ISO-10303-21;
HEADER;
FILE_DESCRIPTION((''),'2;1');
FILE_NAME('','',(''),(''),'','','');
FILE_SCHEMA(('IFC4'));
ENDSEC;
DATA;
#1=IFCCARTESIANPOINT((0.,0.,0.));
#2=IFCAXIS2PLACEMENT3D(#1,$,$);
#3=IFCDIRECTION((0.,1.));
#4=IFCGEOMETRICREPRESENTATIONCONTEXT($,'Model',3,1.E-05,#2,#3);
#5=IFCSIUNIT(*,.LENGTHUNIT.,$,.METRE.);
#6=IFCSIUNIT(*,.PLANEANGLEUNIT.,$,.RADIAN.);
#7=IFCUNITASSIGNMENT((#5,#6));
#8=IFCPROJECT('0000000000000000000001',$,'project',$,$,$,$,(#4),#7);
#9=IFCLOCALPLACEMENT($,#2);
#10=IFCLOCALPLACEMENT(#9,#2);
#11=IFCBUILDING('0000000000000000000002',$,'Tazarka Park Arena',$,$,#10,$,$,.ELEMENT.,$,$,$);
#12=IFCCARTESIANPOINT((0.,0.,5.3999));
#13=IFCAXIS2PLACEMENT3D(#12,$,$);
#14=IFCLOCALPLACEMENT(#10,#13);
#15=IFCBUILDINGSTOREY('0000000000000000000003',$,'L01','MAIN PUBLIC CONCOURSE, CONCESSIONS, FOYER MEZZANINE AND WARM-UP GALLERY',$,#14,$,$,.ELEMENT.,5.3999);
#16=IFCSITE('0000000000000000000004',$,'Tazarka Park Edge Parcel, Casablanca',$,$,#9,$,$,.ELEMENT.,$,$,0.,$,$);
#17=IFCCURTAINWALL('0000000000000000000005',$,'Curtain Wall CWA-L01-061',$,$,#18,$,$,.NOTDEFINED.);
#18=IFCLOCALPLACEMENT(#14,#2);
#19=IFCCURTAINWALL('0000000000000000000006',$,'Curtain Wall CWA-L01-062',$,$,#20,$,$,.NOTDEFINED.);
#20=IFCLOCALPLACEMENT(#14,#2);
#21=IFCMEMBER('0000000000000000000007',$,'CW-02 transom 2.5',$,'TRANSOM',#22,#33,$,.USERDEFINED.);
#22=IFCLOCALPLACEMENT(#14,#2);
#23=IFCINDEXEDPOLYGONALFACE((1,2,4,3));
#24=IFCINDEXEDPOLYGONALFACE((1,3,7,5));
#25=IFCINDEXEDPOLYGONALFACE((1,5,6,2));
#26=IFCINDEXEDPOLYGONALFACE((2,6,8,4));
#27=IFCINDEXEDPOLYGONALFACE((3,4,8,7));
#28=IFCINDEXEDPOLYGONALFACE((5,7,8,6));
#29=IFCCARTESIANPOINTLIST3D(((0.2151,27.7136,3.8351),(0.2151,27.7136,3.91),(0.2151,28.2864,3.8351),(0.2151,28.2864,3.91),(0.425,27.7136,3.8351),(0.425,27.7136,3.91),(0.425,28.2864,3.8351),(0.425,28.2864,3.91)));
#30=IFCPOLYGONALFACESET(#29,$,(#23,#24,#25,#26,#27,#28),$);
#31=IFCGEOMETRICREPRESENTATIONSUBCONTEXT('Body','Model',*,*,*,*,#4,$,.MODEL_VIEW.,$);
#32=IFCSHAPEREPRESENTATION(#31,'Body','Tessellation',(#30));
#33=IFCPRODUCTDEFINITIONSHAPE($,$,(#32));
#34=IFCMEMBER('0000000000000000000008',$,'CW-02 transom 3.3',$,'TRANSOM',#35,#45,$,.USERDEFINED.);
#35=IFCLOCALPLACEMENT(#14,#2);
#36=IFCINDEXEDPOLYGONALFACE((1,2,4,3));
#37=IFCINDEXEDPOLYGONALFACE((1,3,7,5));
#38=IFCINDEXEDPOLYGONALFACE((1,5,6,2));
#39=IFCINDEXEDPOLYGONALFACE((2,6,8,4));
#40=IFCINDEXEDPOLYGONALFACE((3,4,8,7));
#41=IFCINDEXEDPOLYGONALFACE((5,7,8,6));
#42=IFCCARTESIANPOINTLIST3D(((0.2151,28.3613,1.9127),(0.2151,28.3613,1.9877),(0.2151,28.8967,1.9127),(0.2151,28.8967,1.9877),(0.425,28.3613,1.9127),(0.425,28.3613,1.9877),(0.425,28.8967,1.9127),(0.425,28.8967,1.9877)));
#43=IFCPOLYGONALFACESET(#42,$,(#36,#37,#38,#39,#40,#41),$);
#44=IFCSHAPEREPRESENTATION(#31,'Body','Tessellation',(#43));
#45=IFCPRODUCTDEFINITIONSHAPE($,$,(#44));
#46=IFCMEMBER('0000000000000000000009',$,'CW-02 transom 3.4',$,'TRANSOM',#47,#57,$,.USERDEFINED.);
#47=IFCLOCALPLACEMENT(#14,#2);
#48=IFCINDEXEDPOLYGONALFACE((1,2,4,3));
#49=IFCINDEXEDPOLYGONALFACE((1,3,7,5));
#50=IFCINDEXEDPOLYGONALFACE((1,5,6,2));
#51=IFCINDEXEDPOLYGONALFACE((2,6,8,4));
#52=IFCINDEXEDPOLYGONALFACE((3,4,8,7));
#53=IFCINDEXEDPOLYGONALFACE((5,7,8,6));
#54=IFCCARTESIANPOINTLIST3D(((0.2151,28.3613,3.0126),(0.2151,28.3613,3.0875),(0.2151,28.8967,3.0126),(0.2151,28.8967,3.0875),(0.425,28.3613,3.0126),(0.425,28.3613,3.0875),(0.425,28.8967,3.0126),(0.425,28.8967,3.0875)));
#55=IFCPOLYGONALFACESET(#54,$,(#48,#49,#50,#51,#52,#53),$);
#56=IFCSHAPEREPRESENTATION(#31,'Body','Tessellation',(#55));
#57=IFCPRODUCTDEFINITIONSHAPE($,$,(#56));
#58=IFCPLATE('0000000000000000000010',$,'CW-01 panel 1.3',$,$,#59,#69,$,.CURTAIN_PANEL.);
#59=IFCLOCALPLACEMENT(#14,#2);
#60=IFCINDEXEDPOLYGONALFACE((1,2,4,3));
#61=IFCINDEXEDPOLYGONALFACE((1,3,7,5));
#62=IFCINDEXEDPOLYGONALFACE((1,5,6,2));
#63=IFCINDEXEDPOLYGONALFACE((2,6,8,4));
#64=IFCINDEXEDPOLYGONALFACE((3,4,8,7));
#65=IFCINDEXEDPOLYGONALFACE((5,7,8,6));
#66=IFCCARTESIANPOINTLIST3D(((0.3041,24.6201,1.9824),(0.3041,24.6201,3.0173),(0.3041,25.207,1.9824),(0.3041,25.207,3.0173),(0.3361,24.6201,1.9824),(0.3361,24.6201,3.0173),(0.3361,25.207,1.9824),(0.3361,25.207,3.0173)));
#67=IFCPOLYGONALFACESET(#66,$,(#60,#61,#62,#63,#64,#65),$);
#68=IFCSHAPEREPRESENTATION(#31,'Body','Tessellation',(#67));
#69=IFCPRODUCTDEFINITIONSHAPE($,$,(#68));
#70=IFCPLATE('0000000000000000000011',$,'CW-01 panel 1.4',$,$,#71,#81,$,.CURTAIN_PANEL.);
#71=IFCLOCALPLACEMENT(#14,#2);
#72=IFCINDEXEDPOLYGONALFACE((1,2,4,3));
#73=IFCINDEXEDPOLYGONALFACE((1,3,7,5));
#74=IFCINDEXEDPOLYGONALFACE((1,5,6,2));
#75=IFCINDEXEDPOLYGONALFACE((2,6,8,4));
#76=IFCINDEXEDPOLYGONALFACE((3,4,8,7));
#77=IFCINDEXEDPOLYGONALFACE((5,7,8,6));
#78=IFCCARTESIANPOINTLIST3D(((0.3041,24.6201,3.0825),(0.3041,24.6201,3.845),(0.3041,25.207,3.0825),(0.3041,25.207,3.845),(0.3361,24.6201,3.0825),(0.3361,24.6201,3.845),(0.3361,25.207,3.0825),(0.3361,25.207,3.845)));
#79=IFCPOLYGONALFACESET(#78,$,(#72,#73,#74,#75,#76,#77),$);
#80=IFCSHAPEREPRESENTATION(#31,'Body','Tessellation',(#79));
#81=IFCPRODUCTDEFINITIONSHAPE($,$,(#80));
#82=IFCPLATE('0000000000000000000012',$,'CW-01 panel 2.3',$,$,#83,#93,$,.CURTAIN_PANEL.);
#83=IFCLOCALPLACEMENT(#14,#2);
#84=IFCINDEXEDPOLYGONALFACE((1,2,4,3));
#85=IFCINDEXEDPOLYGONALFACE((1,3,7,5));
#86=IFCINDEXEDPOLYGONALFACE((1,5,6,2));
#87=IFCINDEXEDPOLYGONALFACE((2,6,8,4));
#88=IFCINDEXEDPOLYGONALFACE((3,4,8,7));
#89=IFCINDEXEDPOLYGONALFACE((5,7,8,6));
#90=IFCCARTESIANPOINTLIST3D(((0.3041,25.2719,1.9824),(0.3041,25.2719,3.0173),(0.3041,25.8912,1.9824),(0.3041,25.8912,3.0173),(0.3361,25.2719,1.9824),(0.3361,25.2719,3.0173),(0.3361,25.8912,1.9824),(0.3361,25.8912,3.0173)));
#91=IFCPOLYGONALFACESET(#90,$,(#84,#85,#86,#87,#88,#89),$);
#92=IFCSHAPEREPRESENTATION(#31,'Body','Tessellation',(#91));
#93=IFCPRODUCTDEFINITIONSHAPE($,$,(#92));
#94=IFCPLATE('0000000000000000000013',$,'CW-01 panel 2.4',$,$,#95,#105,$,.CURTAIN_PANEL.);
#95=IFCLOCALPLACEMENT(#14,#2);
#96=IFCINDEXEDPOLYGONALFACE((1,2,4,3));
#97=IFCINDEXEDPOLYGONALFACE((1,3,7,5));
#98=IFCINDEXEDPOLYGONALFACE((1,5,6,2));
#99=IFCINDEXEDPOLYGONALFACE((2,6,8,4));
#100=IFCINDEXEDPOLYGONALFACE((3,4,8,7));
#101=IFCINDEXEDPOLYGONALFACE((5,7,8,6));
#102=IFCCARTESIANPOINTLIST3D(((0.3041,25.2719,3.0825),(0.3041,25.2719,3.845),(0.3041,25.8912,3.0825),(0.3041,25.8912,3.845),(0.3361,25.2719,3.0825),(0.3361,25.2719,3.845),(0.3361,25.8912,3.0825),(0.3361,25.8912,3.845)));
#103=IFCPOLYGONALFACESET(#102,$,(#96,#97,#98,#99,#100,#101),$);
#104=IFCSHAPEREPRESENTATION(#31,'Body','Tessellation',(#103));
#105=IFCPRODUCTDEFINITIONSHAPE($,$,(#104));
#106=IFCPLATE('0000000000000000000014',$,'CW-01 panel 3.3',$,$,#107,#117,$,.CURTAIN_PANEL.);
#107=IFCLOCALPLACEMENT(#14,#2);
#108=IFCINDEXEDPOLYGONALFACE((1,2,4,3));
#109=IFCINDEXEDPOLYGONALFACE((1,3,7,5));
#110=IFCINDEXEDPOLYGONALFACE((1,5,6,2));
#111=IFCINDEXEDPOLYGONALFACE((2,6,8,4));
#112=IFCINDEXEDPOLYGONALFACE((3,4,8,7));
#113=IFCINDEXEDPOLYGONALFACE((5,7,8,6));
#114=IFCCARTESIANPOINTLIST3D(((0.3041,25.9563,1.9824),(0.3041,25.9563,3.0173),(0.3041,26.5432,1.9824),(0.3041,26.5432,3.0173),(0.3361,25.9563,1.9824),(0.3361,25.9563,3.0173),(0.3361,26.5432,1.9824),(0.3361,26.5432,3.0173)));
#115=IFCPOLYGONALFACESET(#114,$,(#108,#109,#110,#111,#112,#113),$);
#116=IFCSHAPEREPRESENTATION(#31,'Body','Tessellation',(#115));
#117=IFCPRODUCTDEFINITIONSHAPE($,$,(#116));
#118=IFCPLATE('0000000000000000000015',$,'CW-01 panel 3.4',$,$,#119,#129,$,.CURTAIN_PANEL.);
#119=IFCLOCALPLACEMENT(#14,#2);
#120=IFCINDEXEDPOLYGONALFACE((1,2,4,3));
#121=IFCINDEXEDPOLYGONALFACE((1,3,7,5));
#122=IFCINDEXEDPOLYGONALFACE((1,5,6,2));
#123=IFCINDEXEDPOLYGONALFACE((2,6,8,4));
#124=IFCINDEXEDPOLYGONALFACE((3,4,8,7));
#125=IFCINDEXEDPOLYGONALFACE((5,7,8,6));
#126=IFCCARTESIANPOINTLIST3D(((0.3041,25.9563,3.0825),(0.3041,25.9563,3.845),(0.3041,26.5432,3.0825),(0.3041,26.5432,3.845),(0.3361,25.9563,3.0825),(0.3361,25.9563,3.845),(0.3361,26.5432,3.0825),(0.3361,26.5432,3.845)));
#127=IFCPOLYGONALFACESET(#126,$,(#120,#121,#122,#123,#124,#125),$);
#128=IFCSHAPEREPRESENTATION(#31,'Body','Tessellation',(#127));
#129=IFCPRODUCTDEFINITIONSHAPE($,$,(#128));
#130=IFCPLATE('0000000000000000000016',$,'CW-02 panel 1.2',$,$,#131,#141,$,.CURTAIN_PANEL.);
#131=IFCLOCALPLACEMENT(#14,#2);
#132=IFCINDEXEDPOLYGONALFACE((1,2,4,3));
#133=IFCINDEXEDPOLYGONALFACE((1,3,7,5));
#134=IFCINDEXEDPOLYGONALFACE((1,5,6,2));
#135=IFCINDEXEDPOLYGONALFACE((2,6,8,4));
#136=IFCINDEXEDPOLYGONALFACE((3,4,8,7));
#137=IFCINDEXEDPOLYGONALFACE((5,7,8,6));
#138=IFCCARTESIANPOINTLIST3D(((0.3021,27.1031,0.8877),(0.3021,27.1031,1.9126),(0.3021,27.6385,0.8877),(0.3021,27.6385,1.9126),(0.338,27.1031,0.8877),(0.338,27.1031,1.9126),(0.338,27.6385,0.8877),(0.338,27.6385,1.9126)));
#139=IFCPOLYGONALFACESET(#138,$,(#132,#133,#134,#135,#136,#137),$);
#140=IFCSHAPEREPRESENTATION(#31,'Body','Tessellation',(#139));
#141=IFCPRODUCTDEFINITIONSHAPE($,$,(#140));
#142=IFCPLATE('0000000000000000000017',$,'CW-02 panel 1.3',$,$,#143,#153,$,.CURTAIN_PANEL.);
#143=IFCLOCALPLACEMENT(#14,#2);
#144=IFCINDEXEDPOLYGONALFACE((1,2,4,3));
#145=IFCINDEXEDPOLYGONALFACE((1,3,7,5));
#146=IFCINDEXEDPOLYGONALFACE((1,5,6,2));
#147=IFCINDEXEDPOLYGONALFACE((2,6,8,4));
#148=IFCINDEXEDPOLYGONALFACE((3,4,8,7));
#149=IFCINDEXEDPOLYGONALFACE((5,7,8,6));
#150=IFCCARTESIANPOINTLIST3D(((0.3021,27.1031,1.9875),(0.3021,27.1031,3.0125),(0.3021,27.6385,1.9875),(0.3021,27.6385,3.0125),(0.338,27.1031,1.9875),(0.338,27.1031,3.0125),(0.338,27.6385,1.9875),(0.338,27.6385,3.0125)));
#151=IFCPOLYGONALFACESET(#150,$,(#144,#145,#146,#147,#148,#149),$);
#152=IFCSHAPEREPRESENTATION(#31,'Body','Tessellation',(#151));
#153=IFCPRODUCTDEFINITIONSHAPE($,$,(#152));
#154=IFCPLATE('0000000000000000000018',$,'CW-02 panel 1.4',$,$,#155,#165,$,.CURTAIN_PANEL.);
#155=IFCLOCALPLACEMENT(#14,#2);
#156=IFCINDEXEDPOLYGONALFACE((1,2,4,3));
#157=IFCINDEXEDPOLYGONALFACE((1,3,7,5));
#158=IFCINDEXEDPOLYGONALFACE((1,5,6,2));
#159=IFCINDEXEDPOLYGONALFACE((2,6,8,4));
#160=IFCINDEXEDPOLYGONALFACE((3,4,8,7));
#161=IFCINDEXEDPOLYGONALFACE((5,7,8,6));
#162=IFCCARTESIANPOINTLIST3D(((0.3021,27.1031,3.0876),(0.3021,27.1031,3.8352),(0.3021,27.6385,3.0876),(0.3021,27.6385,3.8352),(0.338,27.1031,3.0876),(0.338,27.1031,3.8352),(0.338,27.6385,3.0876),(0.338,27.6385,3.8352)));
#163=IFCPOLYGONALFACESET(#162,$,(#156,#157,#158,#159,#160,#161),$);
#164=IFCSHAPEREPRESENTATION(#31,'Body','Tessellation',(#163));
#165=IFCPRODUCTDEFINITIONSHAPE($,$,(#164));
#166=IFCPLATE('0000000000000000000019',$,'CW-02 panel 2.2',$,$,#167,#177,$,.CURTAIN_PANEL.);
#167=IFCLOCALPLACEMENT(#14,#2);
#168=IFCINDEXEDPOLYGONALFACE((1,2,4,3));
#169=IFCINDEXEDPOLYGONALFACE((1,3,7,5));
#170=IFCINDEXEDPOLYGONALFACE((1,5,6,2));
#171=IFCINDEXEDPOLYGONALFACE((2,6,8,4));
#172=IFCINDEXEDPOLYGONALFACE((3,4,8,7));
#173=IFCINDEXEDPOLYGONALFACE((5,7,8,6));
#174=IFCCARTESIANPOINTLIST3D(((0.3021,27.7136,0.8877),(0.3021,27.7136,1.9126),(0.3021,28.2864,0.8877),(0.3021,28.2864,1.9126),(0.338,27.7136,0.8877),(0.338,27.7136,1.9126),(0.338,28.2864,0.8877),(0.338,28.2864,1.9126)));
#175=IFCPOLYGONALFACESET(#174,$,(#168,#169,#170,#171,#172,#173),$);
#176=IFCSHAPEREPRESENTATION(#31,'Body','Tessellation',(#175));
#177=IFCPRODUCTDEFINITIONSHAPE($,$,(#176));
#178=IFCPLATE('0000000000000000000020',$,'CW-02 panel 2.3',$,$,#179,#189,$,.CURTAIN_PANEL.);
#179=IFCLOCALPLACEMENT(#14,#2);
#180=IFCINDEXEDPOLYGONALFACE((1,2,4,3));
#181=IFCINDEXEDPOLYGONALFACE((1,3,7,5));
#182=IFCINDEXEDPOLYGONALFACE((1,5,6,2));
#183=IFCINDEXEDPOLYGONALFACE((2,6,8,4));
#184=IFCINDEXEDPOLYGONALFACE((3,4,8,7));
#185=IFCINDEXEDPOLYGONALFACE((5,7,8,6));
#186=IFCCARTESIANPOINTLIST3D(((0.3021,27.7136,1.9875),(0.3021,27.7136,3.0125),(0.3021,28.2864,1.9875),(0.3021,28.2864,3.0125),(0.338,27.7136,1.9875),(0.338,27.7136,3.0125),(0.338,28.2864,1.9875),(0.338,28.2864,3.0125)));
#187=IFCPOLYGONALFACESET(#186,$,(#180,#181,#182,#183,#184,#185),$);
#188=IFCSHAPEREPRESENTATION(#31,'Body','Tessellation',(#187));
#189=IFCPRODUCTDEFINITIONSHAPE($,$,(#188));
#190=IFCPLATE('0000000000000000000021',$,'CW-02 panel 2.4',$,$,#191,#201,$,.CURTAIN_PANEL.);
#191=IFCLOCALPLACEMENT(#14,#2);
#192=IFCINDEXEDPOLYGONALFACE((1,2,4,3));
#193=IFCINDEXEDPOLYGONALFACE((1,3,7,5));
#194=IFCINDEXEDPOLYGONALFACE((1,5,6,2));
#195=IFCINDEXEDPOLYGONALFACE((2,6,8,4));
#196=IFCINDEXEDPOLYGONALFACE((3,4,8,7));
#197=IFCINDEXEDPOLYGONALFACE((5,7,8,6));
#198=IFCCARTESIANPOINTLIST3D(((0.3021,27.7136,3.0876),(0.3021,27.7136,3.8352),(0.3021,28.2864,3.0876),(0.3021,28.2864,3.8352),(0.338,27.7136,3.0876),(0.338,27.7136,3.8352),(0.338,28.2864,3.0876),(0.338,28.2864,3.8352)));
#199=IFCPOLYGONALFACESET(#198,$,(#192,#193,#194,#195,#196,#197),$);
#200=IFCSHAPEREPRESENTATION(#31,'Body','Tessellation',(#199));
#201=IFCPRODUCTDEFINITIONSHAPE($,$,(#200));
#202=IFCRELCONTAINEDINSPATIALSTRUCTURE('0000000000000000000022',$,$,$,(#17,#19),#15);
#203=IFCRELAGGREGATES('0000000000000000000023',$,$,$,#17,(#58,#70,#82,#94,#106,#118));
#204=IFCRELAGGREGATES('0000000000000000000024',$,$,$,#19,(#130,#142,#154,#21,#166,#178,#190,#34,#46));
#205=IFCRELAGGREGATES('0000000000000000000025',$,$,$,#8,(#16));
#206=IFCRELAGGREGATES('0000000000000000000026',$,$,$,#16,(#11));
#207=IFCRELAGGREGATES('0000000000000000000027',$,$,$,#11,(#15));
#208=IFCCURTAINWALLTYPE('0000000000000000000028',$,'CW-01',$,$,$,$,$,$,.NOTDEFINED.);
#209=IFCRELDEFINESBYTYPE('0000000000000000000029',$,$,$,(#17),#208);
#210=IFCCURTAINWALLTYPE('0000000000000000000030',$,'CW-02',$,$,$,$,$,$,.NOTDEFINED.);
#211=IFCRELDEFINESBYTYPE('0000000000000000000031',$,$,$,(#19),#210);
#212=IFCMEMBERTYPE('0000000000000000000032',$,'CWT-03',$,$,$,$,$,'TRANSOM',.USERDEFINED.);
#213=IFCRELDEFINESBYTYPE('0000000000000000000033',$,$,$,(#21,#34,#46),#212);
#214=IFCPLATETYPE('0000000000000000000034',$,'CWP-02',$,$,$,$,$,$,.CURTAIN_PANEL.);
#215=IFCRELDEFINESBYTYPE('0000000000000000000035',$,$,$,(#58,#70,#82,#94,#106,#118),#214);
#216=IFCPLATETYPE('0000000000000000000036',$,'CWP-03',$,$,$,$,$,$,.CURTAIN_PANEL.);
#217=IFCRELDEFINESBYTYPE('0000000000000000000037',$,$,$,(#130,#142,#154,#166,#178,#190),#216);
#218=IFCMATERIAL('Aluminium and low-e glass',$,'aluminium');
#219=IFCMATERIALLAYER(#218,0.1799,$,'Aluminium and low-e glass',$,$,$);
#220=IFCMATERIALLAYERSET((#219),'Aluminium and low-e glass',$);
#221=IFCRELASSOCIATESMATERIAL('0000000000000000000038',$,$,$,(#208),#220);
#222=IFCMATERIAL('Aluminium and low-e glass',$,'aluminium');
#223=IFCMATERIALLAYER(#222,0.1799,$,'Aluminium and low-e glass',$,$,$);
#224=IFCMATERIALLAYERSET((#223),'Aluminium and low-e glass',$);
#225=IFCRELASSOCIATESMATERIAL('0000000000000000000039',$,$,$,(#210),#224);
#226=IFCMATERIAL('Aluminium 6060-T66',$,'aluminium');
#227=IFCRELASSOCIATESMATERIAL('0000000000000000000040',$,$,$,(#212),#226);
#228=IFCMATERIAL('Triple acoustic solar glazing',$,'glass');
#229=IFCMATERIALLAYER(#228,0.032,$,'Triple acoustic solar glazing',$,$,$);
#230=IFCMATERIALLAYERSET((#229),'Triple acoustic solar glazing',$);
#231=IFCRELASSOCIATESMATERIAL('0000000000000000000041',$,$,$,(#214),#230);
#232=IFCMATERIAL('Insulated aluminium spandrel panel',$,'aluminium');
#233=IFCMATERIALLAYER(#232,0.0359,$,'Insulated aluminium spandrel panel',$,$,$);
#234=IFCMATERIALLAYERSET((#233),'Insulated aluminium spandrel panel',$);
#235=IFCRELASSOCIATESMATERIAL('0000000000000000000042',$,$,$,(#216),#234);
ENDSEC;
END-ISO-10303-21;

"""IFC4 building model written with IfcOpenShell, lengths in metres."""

from ifc_helpers import new_model, si_unit, direction, frame, origin, origin_2d, place, context, subcontext, project, spatial, rectangle, extrude, material, layer, layer_set, material_profile, profile_set, type_object, element, aggregate, save


model = new_model("IFC4")

# Units and contexts
model_context = context("Model", 3, precision=1e-05, world=origin(), true_north=direction((0.0, 1.0)))
body_context = subcontext(model_context, "Body", "Model", "MODEL_VIEW")
ifc_project = project(units=[si_unit("LENGTHUNIT", "METRE"), si_unit("PLANEANGLEUNIT", "RADIAN")], contexts=[model_context])

# Site, building, storey
site_placement = place(None, origin())
site = spatial("IfcSite", under=ifc_project, at=site_placement, Name="Tazarka Park Edge Parcel, Casablanca", CompositionType="ELEMENT", RefElevation=0.0)
building_placement = place(site_placement, origin())
building = spatial("IfcBuilding", under=site, at=building_placement, Name="Tazarka Park Arena", CompositionType="ELEMENT")
storey_placement = place(building_placement, frame((0.0, 0.0, 5.3999)))
storey = spatial("IfcBuildingStorey", under=building, at=storey_placement, Name="L01", Description="MAIN PUBLIC CONCOURSE, CONCESSIONS, FOYER MEZZANINE AND WARM-UP GALLERY", CompositionType="ELEMENT", Elevation=5.3999)

# Curtain walls, members
ifc_material_1 = material(Name="Aluminium and low-e glass", Category="aluminium")
ifc_layer_1 = layer(ifc_material_1, 0.1799, Name="Aluminium and low-e glass")
ifc_layer_set_1 = layer_set([ifc_layer_1], Name="Aluminium and low-e glass")
curtain_wall_type_1 = type_object("IfcCurtainWallType", Name="CW-01", PredefinedType="NOTDEFINED", material=ifc_layer_set_1)
curtain_wall_1_placement = place(storey_placement, origin())
curtain_wall_1 = element("IfcCurtainWall", 1, at=curtain_wall_1_placement, inside=storey, type_object=curtain_wall_type_1, Name="Curtain Wall CWA-L01-061", PredefinedType="NOTDEFINED")
ifc_material_2 = material(Name="Aluminium and low-e glass", Category="aluminium")
ifc_layer_2 = layer(ifc_material_2, 0.1799, Name="Aluminium and low-e glass")
ifc_layer_set_2 = layer_set([ifc_layer_2], Name="Aluminium and low-e glass")
curtain_wall_type_2 = type_object("IfcCurtainWallType", Name="CW-02", PredefinedType="NOTDEFINED", material=ifc_layer_set_2)
curtain_wall_2_placement = place(storey_placement, origin())
curtain_wall_2 = element("IfcCurtainWall", 2, at=curtain_wall_2_placement, inside=storey, type_object=curtain_wall_type_2, Name="Curtain Wall CWA-L01-062", PredefinedType="NOTDEFINED")
ifc_material_3 = material(Name="Aluminium 6060-T66", Category="aluminium")
ifc_material_profile_1 = material_profile(ifc_material_3, rectangle(XDim=0.21, YDim=0.075, at=origin_2d()), Name="Aluminium 6060-T66")
ifc_profile_set_1 = profile_set([ifc_material_profile_1], Name="Aluminium 6060-T66")
member_type_1 = type_object("IfcMemberType", Name="CWT-03", ElementType="TRANSOM", PredefinedType="USERDEFINED", material=ifc_profile_set_1)
member_1_placement = place(storey_placement, frame((0.3201, 27.7136, 3.8726), z_axis=(0.0, 1.0, 0.0), x_axis=(-1.0, 0.0, 0.0)))
member_1 = element("IfcMember", 3, at=member_1_placement, type_object=member_type_1, Name="CW-02 transom 2.5", ObjectType="TRANSOM", PredefinedType="USERDEFINED", context=body_context, shape_type="SweptSolid", body=[
    extrude(rectangle(XDim=0.21, YDim=0.075, at=origin_2d()), origin(), (0.0, 0.0, 1.0), 0.5728),
])
member_2_placement = place(storey_placement, frame((0.3201, 28.3613, 1.9502), z_axis=(0.0, 1.0, 0.0), x_axis=(-1.0, 0.0, 0.0)))
member_2 = element("IfcMember", 4, at=member_2_placement, type_object=member_type_1, Name="CW-02 transom 3.3", ObjectType="TRANSOM", PredefinedType="USERDEFINED", context=body_context, shape_type="SweptSolid", body=[
    extrude(rectangle(XDim=0.21, YDim=0.075, at=origin_2d()), origin(), (0.0, 0.0, 1.0), 0.5354),
])
member_3_placement = place(storey_placement, frame((0.3201, 28.3613, 3.05), z_axis=(0.0, 1.0, 0.0), x_axis=(-1.0, 0.0, 0.0)))
member_3 = element("IfcMember", 5, at=member_3_placement, type_object=member_type_1, Name="CW-02 transom 3.4", ObjectType="TRANSOM", PredefinedType="USERDEFINED", context=body_context, shape_type="SweptSolid", body=[
    extrude(rectangle(XDim=0.21, YDim=0.075, at=origin_2d()), origin(), (0.0, 0.0, 1.0), 0.5354),
])

# Plates
ifc_material_4 = material(Name="Triple acoustic solar glazing", Category="glass")
ifc_layer_3 = layer(ifc_material_4, 0.032, Name="Triple acoustic solar glazing")
ifc_layer_set_3 = layer_set([ifc_layer_3], Name="Triple acoustic solar glazing")
plate_type_1 = type_object("IfcPlateType", Name="CWP-02", PredefinedType="CURTAIN_PANEL", material=ifc_layer_set_3)
plate_1_placement = place(storey_placement, frame((0.3201, 24.9136, 1.9824), z_axis=(0.0, 0.0, 1.0), x_axis=(0.0, 1.0, 0.0)))
plate_1 = element("IfcPlate", 6, at=plate_1_placement, type_object=plate_type_1, Name="CW-01 panel 1.3", PredefinedType="CURTAIN_PANEL", context=body_context, shape_type="SweptSolid", body=[
    extrude(rectangle(XDim=0.5869, YDim=0.032, at=origin_2d()), origin(), (0.0, 0.0, 1.0), 1.0349),
])
plate_2_placement = place(storey_placement, frame((0.3201, 24.9136, 3.0825), z_axis=(0.0, 0.0, 1.0), x_axis=(0.0, 1.0, 0.0)))
plate_2 = element("IfcPlate", 7, at=plate_2_placement, type_object=plate_type_1, Name="CW-01 panel 1.4", PredefinedType="CURTAIN_PANEL", context=body_context, shape_type="SweptSolid", body=[
    extrude(rectangle(XDim=0.5869, YDim=0.032, at=origin_2d()), origin(), (0.0, 0.0, 1.0), 0.7625),
])
plate_3_placement = place(storey_placement, frame((0.3201, 25.5815, 1.9824), z_axis=(0.0, 0.0, 1.0), x_axis=(0.0, 1.0, 0.0)))
plate_3 = element("IfcPlate", 8, at=plate_3_placement, type_object=plate_type_1, Name="CW-01 panel 2.3", PredefinedType="CURTAIN_PANEL", context=body_context, shape_type="SweptSolid", body=[
    extrude(rectangle(XDim=0.6194, YDim=0.032, at=origin_2d()), origin(), (0.0, 0.0, 1.0), 1.0349),
])
plate_4_placement = place(storey_placement, frame((0.3201, 25.5815, 3.0825), z_axis=(0.0, 0.0, 1.0), x_axis=(0.0, 1.0, 0.0)))
plate_4 = element("IfcPlate", 9, at=plate_4_placement, type_object=plate_type_1, Name="CW-01 panel 2.4", PredefinedType="CURTAIN_PANEL", context=body_context, shape_type="SweptSolid", body=[
    extrude(rectangle(XDim=0.6194, YDim=0.032, at=origin_2d()), origin(), (0.0, 0.0, 1.0), 0.7625),
])
plate_5_placement = place(storey_placement, frame((0.3201, 26.2498, 1.9824), z_axis=(0.0, 0.0, 1.0), x_axis=(0.0, 1.0, 0.0)))
plate_5 = element("IfcPlate", 10, at=plate_5_placement, type_object=plate_type_1, Name="CW-01 panel 3.3", PredefinedType="CURTAIN_PANEL", context=body_context, shape_type="SweptSolid", body=[
    extrude(rectangle(XDim=0.5869, YDim=0.032, at=origin_2d()), origin(), (0.0, 0.0, 1.0), 1.0349),
])
plate_6_placement = place(storey_placement, frame((0.3201, 26.2498, 3.0825), z_axis=(0.0, 0.0, 1.0), x_axis=(0.0, 1.0, 0.0)))
plate_6 = element("IfcPlate", 11, at=plate_6_placement, type_object=plate_type_1, Name="CW-01 panel 3.4", PredefinedType="CURTAIN_PANEL", context=body_context, shape_type="SweptSolid", body=[
    extrude(rectangle(XDim=0.5869, YDim=0.032, at=origin_2d()), origin(), (0.0, 0.0, 1.0), 0.7625),
])
aggregate(curtain_wall_1, [plate_1, plate_2, plate_3, plate_4, plate_5, plate_6])
ifc_material_5 = material(Name="Insulated aluminium spandrel panel", Category="aluminium")
ifc_layer_4 = layer(ifc_material_5, 0.0359, Name="Insulated aluminium spandrel panel")
ifc_layer_set_4 = layer_set([ifc_layer_4], Name="Insulated aluminium spandrel panel")
plate_type_2 = type_object("IfcPlateType", Name="CWP-03", PredefinedType="CURTAIN_PANEL", material=ifc_layer_set_4)
plate_7_placement = place(storey_placement, frame((0.3201, 27.3708, 0.8877), z_axis=(0.0, 0.0, 1.0), x_axis=(0.0, 1.0, 0.0)))
plate_7 = element("IfcPlate", 12, at=plate_7_placement, type_object=plate_type_2, Name="CW-02 panel 1.2", PredefinedType="CURTAIN_PANEL", context=body_context, shape_type="SweptSolid", body=[
    extrude(rectangle(XDim=0.5354, YDim=0.0359, at=origin_2d()), origin(), (0.0, 0.0, 1.0), 1.0249),
])
plate_8_placement = place(storey_placement, frame((0.3201, 27.3708, 1.9875), z_axis=(0.0, 0.0, 1.0), x_axis=(0.0, 1.0, 0.0)))
plate_8 = element("IfcPlate", 13, at=plate_8_placement, type_object=plate_type_2, Name="CW-02 panel 1.3", PredefinedType="CURTAIN_PANEL", context=body_context, shape_type="SweptSolid", body=[
    extrude(rectangle(XDim=0.5354, YDim=0.0359, at=origin_2d()), origin(), (0.0, 0.0, 1.0), 1.0249),
])
plate_9_placement = place(storey_placement, frame((0.3201, 27.3708, 3.0876), z_axis=(0.0, 0.0, 1.0), x_axis=(0.0, 1.0, 0.0)))
plate_9 = element("IfcPlate", 14, at=plate_9_placement, type_object=plate_type_2, Name="CW-02 panel 1.4", PredefinedType="CURTAIN_PANEL", context=body_context, shape_type="SweptSolid", body=[
    extrude(rectangle(XDim=0.5354, YDim=0.0359, at=origin_2d()), origin(), (0.0, 0.0, 1.0), 0.7476),
])
plate_10_placement = place(storey_placement, frame((0.3201, 28.0, 0.8877), z_axis=(0.0, 0.0, 1.0), x_axis=(0.0, 1.0, 0.0)))
plate_10 = element("IfcPlate", 15, at=plate_10_placement, type_object=plate_type_2, Name="CW-02 panel 2.2", PredefinedType="CURTAIN_PANEL", context=body_context, shape_type="SweptSolid", body=[
    extrude(rectangle(XDim=0.5728, YDim=0.0359, at=origin_2d()), origin(), (0.0, 0.0, 1.0), 1.0249),
])
plate_11_placement = place(storey_placement, frame((0.3201, 28.0, 1.9875), z_axis=(0.0, 0.0, 1.0), x_axis=(0.0, 1.0, 0.0)))
plate_11 = element("IfcPlate", 16, at=plate_11_placement, type_object=plate_type_2, Name="CW-02 panel 2.3", PredefinedType="CURTAIN_PANEL", context=body_context, shape_type="SweptSolid", body=[
    extrude(rectangle(XDim=0.5728, YDim=0.0359, at=origin_2d()), origin(), (0.0, 0.0, 1.0), 1.0249),
])
plate_12_placement = place(storey_placement, frame((0.3201, 28.0, 3.0876), z_axis=(0.0, 0.0, 1.0), x_axis=(0.0, 1.0, 0.0)))
plate_12 = element("IfcPlate", 17, at=plate_12_placement, type_object=plate_type_2, Name="CW-02 panel 2.4", PredefinedType="CURTAIN_PANEL", context=body_context, shape_type="SweptSolid", body=[
    extrude(rectangle(XDim=0.5728, YDim=0.0359, at=origin_2d()), origin(), (0.0, 0.0, 1.0), 0.7476),
])
aggregate(curtain_wall_2, [plate_7, plate_8, plate_9, member_1, plate_10, plate_11, plate_12, member_2, member_3])

save(model, "model.ifc")
